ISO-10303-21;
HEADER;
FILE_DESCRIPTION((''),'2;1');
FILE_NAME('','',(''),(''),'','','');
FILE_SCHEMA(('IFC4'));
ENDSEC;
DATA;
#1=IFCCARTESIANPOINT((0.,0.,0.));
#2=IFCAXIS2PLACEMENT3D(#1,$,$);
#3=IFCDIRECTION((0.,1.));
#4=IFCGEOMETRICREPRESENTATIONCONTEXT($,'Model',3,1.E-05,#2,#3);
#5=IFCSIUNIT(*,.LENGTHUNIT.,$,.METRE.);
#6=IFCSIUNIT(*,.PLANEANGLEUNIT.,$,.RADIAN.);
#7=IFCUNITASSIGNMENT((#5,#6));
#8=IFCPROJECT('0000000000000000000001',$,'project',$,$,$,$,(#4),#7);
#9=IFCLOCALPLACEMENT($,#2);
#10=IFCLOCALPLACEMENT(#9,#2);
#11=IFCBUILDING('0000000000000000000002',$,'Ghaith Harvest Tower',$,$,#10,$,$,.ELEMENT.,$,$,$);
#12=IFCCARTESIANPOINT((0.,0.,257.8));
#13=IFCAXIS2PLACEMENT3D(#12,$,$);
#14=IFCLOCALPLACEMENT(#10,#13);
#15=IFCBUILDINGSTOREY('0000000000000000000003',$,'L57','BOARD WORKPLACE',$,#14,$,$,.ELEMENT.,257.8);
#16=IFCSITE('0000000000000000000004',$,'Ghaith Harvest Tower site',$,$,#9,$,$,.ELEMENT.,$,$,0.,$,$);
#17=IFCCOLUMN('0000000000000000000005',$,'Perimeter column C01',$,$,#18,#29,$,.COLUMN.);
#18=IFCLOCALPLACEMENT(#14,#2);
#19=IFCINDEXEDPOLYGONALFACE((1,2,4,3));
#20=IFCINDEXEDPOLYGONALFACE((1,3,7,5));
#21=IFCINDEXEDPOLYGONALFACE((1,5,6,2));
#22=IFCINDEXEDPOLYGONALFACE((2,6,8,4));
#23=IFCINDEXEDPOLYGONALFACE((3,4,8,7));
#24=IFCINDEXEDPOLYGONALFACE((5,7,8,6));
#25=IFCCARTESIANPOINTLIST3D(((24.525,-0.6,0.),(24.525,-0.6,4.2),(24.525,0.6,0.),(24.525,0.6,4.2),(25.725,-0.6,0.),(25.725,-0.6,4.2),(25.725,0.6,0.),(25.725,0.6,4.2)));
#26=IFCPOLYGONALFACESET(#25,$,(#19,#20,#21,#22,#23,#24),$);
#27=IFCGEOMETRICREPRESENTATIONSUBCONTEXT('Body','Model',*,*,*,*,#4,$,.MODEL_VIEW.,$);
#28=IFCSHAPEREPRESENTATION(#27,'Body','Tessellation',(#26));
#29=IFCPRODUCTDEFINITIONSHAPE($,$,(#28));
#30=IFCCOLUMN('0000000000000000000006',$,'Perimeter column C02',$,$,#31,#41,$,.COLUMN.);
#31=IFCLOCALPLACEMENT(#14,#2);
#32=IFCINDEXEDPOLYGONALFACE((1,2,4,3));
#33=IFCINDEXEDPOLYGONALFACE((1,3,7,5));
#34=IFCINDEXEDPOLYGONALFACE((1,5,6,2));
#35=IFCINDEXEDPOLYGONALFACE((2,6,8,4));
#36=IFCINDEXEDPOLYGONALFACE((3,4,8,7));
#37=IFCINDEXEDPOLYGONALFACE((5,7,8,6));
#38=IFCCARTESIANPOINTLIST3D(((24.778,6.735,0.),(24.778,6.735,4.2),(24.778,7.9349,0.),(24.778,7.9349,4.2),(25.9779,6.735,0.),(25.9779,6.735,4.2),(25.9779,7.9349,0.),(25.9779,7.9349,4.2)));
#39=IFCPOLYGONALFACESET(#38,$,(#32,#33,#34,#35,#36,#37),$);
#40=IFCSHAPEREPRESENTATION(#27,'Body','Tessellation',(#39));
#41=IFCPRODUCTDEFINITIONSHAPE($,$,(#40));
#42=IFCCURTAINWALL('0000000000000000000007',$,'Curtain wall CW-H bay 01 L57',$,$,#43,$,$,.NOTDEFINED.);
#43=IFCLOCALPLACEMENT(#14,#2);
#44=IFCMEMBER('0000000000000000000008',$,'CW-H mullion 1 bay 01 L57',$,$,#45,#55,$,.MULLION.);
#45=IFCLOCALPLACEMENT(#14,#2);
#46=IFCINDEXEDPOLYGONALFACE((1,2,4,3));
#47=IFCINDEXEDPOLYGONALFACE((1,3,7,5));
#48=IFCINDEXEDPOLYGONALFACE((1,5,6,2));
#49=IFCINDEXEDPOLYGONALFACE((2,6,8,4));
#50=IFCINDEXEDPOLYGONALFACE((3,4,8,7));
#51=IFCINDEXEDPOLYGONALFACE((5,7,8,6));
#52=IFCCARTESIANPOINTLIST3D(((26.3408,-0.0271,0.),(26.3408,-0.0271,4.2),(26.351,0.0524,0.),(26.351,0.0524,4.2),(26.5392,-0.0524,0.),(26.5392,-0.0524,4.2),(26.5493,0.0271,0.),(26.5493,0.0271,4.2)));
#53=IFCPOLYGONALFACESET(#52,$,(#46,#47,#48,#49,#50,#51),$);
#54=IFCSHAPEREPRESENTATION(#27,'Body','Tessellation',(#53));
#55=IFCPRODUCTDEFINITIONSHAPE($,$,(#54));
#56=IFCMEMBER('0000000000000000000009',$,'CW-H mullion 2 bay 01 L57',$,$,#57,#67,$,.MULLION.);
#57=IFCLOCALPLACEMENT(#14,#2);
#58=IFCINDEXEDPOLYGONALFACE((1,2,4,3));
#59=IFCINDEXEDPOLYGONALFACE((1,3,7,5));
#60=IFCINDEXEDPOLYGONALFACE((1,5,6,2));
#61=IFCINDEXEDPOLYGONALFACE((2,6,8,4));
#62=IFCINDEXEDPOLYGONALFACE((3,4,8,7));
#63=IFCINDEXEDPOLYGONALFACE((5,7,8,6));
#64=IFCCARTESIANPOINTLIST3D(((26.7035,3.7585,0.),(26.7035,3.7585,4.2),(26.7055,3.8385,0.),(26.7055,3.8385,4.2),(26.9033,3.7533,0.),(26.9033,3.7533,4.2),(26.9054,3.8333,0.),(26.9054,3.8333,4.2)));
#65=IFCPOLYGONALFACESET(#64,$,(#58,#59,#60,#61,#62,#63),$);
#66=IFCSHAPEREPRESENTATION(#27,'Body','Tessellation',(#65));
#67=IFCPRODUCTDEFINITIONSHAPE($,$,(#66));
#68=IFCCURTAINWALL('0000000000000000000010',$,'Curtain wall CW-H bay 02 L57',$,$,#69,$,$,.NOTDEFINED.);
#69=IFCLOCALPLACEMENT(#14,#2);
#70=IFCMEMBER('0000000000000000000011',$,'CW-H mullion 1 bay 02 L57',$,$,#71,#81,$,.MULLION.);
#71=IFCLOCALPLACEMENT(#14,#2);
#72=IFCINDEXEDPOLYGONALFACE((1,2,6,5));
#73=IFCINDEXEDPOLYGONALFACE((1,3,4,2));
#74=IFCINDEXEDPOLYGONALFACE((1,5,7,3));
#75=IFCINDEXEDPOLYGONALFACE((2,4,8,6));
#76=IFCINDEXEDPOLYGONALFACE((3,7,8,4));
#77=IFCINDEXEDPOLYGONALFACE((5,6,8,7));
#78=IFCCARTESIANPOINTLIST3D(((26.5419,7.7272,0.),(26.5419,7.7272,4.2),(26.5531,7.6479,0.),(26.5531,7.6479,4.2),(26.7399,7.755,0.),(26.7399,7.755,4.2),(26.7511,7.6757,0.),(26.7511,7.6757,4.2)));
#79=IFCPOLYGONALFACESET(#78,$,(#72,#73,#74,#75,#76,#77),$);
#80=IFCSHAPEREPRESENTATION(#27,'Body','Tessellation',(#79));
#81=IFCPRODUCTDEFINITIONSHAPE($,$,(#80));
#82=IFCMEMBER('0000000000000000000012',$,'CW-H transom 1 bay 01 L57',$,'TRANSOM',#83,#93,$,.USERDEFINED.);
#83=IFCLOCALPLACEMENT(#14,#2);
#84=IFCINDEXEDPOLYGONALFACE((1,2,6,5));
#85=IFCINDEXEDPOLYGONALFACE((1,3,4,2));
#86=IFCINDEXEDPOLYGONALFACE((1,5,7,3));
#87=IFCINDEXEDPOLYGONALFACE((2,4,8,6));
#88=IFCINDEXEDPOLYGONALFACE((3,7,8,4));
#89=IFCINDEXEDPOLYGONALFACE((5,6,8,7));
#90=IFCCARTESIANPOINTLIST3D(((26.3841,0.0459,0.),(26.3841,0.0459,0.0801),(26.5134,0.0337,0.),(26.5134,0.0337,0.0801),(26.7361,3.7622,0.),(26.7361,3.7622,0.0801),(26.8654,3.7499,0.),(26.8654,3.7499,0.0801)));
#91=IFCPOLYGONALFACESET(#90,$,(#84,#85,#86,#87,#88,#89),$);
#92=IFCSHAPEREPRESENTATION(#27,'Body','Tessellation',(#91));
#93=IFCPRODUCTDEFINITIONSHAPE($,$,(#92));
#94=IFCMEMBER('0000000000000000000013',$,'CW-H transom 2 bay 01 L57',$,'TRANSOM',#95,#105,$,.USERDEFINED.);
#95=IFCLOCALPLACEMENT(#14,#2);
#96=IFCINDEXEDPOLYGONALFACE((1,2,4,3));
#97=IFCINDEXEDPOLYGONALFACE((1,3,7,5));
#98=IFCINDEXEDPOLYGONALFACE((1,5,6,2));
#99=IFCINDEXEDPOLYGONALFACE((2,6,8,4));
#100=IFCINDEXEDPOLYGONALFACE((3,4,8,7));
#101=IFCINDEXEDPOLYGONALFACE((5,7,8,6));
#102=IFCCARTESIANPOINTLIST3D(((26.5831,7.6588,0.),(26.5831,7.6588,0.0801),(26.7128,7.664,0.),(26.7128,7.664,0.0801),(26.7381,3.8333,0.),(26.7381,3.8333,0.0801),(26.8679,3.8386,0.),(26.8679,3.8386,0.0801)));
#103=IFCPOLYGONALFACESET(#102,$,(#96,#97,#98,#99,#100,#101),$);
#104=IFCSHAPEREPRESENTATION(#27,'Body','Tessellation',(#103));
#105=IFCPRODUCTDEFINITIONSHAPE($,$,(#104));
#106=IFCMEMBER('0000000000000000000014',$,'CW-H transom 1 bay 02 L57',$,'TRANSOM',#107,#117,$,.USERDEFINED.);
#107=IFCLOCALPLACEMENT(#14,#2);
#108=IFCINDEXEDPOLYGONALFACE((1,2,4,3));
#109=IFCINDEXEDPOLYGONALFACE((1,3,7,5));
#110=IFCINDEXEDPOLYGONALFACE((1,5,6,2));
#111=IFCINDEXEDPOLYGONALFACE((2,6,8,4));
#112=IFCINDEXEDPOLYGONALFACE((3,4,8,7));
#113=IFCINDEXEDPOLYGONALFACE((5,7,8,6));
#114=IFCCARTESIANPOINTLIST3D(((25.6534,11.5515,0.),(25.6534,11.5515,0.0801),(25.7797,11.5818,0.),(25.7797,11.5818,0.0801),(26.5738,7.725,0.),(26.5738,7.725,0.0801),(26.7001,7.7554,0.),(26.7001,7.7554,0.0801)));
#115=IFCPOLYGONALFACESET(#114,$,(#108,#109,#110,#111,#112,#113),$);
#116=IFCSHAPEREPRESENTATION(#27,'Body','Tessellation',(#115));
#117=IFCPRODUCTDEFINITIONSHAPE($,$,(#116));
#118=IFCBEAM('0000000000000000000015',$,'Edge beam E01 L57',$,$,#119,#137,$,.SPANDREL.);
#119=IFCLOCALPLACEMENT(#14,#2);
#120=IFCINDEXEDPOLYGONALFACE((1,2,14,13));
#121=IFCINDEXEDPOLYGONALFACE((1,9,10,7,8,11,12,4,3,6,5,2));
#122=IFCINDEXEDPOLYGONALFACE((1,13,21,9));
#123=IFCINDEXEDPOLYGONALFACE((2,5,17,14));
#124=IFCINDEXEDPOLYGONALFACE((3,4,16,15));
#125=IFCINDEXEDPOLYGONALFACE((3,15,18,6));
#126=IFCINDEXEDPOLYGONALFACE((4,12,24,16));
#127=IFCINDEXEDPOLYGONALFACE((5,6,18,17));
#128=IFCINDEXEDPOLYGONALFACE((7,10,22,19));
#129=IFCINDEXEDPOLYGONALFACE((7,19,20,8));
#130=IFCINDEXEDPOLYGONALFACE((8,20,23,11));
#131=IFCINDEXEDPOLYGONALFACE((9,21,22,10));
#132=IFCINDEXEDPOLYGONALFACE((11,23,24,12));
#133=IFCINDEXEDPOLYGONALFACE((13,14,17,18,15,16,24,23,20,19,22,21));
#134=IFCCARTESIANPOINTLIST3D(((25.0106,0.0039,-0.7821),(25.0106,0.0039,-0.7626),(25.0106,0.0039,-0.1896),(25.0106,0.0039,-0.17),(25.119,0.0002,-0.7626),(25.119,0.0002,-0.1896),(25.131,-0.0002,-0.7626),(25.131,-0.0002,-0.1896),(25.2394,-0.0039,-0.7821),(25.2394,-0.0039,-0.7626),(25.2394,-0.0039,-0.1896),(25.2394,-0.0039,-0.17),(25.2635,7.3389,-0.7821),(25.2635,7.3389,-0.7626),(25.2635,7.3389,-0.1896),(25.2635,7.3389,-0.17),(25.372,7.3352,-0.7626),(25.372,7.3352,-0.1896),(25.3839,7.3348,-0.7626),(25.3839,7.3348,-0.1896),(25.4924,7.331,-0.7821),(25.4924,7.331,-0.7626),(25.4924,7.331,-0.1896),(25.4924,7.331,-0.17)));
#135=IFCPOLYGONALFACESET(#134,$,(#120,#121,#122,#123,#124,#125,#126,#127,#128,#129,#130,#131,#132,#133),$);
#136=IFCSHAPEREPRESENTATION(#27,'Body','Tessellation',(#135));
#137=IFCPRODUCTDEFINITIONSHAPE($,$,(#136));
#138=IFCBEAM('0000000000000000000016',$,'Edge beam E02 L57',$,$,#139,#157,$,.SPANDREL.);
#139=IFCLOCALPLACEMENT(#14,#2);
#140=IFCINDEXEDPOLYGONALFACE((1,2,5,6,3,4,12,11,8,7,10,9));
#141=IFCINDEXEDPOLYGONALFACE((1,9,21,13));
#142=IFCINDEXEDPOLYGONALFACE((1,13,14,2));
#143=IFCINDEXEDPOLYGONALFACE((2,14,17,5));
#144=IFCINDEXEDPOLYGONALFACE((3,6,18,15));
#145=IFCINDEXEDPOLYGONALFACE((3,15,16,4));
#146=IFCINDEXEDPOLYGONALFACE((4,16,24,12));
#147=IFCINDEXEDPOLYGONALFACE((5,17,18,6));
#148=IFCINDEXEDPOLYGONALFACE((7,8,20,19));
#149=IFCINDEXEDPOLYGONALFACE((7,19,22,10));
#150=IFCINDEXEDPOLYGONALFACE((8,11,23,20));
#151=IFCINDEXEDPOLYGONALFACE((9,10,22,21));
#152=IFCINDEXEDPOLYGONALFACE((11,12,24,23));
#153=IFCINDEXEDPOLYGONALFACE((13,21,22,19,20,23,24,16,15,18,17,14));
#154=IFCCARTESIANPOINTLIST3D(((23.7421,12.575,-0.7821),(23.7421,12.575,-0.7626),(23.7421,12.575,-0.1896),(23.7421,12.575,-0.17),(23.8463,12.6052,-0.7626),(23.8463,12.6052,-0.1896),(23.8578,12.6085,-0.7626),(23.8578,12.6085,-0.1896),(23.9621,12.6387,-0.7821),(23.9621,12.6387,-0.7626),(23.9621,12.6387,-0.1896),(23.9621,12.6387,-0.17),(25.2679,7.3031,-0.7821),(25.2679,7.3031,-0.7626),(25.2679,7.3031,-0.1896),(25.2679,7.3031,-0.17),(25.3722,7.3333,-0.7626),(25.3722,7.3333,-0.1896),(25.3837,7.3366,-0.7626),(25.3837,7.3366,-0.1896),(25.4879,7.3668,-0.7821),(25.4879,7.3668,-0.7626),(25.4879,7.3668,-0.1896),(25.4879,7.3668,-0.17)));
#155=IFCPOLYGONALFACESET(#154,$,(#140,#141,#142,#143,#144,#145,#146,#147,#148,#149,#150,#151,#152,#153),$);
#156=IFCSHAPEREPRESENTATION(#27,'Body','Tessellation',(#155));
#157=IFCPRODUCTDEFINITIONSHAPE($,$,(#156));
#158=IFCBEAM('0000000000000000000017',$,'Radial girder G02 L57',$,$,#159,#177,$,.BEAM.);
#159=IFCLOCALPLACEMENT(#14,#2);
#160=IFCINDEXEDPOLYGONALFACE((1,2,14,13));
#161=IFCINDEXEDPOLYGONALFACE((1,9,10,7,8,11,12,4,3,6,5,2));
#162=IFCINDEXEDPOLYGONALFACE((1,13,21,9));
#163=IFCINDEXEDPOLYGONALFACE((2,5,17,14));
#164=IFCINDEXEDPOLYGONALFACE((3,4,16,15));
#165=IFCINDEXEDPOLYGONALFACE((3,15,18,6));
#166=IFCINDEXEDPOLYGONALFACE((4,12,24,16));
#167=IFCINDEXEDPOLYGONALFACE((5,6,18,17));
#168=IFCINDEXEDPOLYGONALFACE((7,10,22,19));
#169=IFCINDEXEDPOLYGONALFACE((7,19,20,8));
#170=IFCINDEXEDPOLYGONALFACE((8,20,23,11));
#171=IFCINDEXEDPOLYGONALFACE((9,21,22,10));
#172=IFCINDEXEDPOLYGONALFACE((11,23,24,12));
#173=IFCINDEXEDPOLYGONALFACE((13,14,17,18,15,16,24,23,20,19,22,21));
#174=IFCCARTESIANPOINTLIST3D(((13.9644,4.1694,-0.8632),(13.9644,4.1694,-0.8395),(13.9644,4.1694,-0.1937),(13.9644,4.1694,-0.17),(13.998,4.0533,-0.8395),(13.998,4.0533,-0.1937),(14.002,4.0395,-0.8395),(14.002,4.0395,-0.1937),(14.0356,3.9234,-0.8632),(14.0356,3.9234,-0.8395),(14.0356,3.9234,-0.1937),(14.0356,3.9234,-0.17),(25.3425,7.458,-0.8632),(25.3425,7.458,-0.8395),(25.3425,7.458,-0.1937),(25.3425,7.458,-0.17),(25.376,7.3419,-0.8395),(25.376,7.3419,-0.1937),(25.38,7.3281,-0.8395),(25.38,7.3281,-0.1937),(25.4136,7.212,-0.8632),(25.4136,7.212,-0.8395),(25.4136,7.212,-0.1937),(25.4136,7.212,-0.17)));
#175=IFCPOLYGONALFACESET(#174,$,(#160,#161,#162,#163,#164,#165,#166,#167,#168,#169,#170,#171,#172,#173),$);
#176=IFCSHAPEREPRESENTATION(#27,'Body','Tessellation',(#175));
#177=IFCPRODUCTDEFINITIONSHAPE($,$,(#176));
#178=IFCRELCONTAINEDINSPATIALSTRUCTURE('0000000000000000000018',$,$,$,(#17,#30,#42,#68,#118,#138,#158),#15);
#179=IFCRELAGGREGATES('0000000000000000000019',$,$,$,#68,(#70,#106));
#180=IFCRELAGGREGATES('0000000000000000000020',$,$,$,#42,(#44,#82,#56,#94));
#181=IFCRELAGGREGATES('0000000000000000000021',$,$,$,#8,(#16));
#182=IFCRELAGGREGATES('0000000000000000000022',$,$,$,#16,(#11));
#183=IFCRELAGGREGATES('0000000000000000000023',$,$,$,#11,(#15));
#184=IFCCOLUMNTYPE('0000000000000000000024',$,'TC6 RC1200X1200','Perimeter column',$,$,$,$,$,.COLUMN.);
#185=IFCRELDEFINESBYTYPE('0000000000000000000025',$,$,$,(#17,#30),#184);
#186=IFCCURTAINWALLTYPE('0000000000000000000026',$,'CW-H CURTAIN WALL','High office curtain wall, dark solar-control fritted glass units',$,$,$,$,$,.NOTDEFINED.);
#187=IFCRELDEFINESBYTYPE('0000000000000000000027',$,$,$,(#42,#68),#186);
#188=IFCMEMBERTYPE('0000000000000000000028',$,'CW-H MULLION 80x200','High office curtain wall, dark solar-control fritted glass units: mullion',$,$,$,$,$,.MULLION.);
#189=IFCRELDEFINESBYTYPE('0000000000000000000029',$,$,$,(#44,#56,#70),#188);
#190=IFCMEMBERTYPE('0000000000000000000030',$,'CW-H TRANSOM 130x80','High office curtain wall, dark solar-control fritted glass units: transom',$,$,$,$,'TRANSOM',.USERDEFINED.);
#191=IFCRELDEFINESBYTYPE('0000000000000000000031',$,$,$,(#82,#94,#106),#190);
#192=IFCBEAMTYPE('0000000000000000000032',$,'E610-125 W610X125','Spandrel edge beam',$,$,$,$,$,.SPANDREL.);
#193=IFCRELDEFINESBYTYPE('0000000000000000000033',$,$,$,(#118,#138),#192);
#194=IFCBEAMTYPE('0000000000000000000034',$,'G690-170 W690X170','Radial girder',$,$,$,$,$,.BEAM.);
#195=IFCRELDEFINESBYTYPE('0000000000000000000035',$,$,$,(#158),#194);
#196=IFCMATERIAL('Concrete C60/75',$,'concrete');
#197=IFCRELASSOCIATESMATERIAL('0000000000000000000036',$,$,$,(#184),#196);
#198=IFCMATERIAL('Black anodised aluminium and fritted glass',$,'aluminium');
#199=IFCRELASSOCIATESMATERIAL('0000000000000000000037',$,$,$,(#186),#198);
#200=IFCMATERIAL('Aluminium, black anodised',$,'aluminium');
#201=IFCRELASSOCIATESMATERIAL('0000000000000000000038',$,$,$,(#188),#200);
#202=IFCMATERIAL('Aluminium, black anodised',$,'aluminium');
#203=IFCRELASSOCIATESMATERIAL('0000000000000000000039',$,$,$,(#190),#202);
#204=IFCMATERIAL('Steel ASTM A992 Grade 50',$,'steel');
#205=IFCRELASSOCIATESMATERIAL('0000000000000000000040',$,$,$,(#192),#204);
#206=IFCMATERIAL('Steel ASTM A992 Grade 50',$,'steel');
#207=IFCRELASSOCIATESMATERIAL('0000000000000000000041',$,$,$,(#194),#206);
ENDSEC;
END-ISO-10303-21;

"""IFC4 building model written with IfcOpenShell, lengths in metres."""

from ifc_helpers import new_model, si_unit, direction, frame, origin, origin_2d, place, context, subcontext, project, spatial, rectangle, i_section, extrude, material, material_profile, profile_set, type_object, element, aggregate, save


model = new_model("IFC4")

# Units and contexts
model_context = context("Model", 3, precision=1e-05, world=origin(), true_north=direction((0.0, 1.0)))
body_context = subcontext(model_context, "Body", "Model", "MODEL_VIEW")
ifc_project = project(units=[si_unit("LENGTHUNIT", "METRE"), si_unit("PLANEANGLEUNIT", "RADIAN")], contexts=[model_context])

# Site, building, storey
site_placement = place(None, origin())
site = spatial("IfcSite", under=ifc_project, at=site_placement, Name="Ghaith Harvest Tower site", CompositionType="ELEMENT", RefElevation=0.0)
building_placement = place(site_placement, origin())
building = spatial("IfcBuilding", under=site, at=building_placement, Name="Ghaith Harvest Tower", CompositionType="ELEMENT")
storey_placement = place(building_placement, frame((0.0, 0.0, 257.8)))
storey = spatial("IfcBuildingStorey", under=building, at=storey_placement, Name="L57", Description="BOARD WORKPLACE", CompositionType="ELEMENT", Elevation=257.8)

# Columns
ifc_material_1 = material(Name="Concrete C60/75", Category="concrete")
ifc_material_profile_1 = material_profile(ifc_material_1, rectangle(XDim=1.2, YDim=1.2, at=origin_2d()), Name="RC1200X1200")
ifc_profile_set_1 = profile_set([ifc_material_profile_1], Name="Concrete C60/75")
column_type = type_object("IfcColumnType", Name="TC6 RC1200X1200", Description="Perimeter column", PredefinedType="COLUMN", material=ifc_profile_set_1)
for number, where, z_axis, x_axis, name in (
    (1, (25.125, 0.0, 0.0), (0.0, 0.0, 1.0), (1.0, 0.0, 0.0), "Perimeter column C01"),
    (2, (25.3779, 7.335, 0.0), (0.0, 0.0, 1.0), (1.0, 0.0, 0.0), "Perimeter column C02"),
):
    element("IfcColumn", number, at=place(storey_placement, frame(where, z_axis=z_axis, x_axis=x_axis)), inside=storey, type_object=column_type, Name=name, PredefinedType="COLUMN", context=body_context, shape_type="SweptSolid", body=[
        extrude(rectangle(XDim=1.2, YDim=1.2, at=origin_2d()), origin(), (0.0, 0.0, 1.0), 4.2),
    ])

# Curtain wall, members
ifc_material_2 = material(Name="Black anodised aluminium and fritted glass", Category="aluminium")
curtain_wall_type = type_object("IfcCurtainWallType", Name="CW-H CURTAIN WALL", Description="High office curtain wall, dark solar-control fritted glass units", PredefinedType="NOTDEFINED", material=ifc_material_2)
curtain_wall_1_placement = place(storey_placement, origin())
curtain_wall_1 = element("IfcCurtainWall", 3, at=curtain_wall_1_placement, inside=storey, type_object=curtain_wall_type, Name="Curtain wall CW-H bay 01 L57", PredefinedType="NOTDEFINED")
ifc_material_3 = material(Name="Aluminium, black anodised", Category="aluminium")
ifc_material_profile_2 = material_profile(ifc_material_3, rectangle(XDim=0.0801, YDim=0.2, at=origin_2d()), Name="CW-H MULLION 80x200")
ifc_profile_set_2 = profile_set([ifc_material_profile_2], Name="Aluminium, black anodised")
member_type_1 = type_object("IfcMemberType", Name="CW-H MULLION 80x200", Description="High office curtain wall, dark solar-control fritted glass units: mullion", PredefinedType="MULLION", material=ifc_profile_set_2)
member_1_placement = place(storey_placement, frame((26.4451, 0.0, 0.0), z_axis=(0.0, 0.0, 1.0), x_axis=(0.126568, 0.991958, 0.0)))
member_1 = element("IfcMember", 4, at=member_1_placement, type_object=member_type_1, Name="CW-H mullion 1 bay 01 L57", PredefinedType="MULLION", context=body_context, shape_type="SweptSolid", body=[
    extrude(rectangle(XDim=0.0801, YDim=0.2, at=origin_2d()), origin(), (0.0, 0.0, 1.0), 4.2),
])
member_2_placement = place(storey_placement, frame((26.8044, 3.7959, 0.0), z_axis=(0.0, 0.0, 1.0), x_axis=(0.026143, 0.999658, 0.0)))
member_2 = element("IfcMember", 5, at=member_2_placement, type_object=member_type_1, Name="CW-H mullion 2 bay 01 L57", PredefinedType="MULLION", context=body_context, shape_type="SweptSolid", body=[
    extrude(rectangle(XDim=0.0801, YDim=0.2, at=origin_2d()), origin(), (0.0, 0.0, 1.0), 4.2),
])

# Curtain wall, member
curtain_wall_2_placement = place(storey_placement, origin())
curtain_wall_2 = element("IfcCurtainWall", 6, at=curtain_wall_2_placement, inside=storey, type_object=curtain_wall_type, Name="Curtain wall CW-H bay 02 L57", PredefinedType="NOTDEFINED")
member_3_placement = place(storey_placement, frame((26.6465, 7.7014, 0.0), z_axis=(0.0, 0.0, 1.0), x_axis=(-0.139146, 0.990272, 0.0)))
member_3 = element("IfcMember", 7, at=member_3_placement, type_object=member_type_1, Name="CW-H mullion 1 bay 02 L57", PredefinedType="MULLION", context=body_context, shape_type="SweptSolid", body=[
    extrude(rectangle(XDim=0.0801, YDim=0.2, at=origin_2d()), origin(), (0.0, 0.0, 1.0), 4.2),
])

# Members
ifc_material_4 = material(Name="Aluminium, black anodised", Category="aluminium")
ifc_material_profile_3 = material_profile(ifc_material_4, rectangle(XDim=0.1299, YDim=0.0801, at=origin_2d()), Name="CW-H TRANSOM 130x80")
ifc_profile_set_3 = profile_set([ifc_material_profile_3], Name="Aluminium, black anodised")
member_type_2 = type_object("IfcMemberType", Name="CW-H TRANSOM 130x80", Description="High office curtain wall, dark solar-control fritted glass units: transom", ElementType="TRANSOM", PredefinedType="USERDEFINED", material=ifc_profile_set_3)
member_4_placement = place(storey_placement, frame((26.4487, 0.0398, 0.04), z_axis=(0.094309, 0.995543, 0.0), x_axis=(-0.995543, 0.094309, 0.0)))
member_4 = element("IfcMember", 8, at=member_4_placement, type_object=member_type_2, Name="CW-H transom 1 bay 01 L57", ObjectType="TRANSOM", PredefinedType="USERDEFINED", context=body_context, shape_type="SweptSolid", body=[
    extrude(rectangle(XDim=0.1299, YDim=0.0801, at=origin_2d()), origin(), (0.0, 0.0, 1.0), 3.7329),
])
member_5_placement = place(storey_placement, frame((26.803, 3.8359, 0.04), z_axis=(-0.040493, 0.99918, 0.0), x_axis=(-0.99918, -0.040493, 0.0)))
member_5 = element("IfcMember", 9, at=member_5_placement, type_object=member_type_2, Name="CW-H transom 2 bay 01 L57", ObjectType="TRANSOM", PredefinedType="USERDEFINED", context=body_context, shape_type="SweptSolid", body=[
    extrude(rectangle(XDim=0.1299, YDim=0.0801, at=origin_2d()), origin(), (0.0, 0.0, 1.0), 3.8286),
])
member_6_placement = place(storey_placement, frame((26.637, 7.7402, 0.04), z_axis=(-0.23387, 0.972268, 0.0), x_axis=(-0.972268, -0.23387, 0.0)))
member_6 = element("IfcMember", 10, at=member_6_placement, type_object=member_type_2, Name="CW-H transom 1 bay 02 L57", ObjectType="TRANSOM", PredefinedType="USERDEFINED", context=body_context, shape_type="SweptSolid", body=[
    extrude(rectangle(XDim=0.1299, YDim=0.0801, at=origin_2d()), origin(), (0.0, 0.0, 1.0), 3.9355),
])
aggregate(curtain_wall_2, [member_3, member_6])

# Beams
ifc_material_5 = material(Name="Steel ASTM A992 Grade 50", Category="steel")
ifc_material_profile_4 = material_profile(ifc_material_5, i_section(OverallWidth=0.229, OverallDepth=0.6121, WebThickness=0.012, FlangeThickness=0.0195, at=origin_2d()), Name="W610X125")
ifc_profile_set_4 = profile_set([ifc_material_profile_4], Name="Steel ASTM A992 Grade 50")
beam_type_1 = type_object("IfcBeamType", Name="E610-125 W610X125", Description="Spandrel edge beam", PredefinedType="SPANDREL", material=ifc_profile_set_4)
beam_1_placement = place(storey_placement, frame((25.125, 0.0, -0.4761), z_axis=(0.034462, 0.999406, 0.0), x_axis=(-0.999406, 0.034462, 0.0)))
element("IfcBeam", 11, at=beam_1_placement, inside=storey, type_object=beam_type_1, Name="Edge beam E01 L57", PredefinedType="SPANDREL", context=body_context, shape_type="SweptSolid", body=[
    extrude(i_section(OverallWidth=0.229, OverallDepth=0.6121, WebThickness=0.012, FlangeThickness=0.0195, at=origin_2d()), origin(), (0.0, 0.0, 1.0), 7.3394),
])
beam_2_placement = place(storey_placement, frame((25.3779, 7.335, -0.4761), z_axis=(-0.278021, 0.960575, 0.0), x_axis=(-0.960575, -0.278021, 0.0)))
element("IfcBeam", 12, at=beam_2_placement, inside=storey, type_object=beam_type_1, Name="Edge beam E02 L57", PredefinedType="SPANDREL", context=body_context, shape_type="SweptSolid", body=[
    extrude(i_section(OverallWidth=0.229, OverallDepth=0.6121, WebThickness=0.012, FlangeThickness=0.0195, at=origin_2d()), origin(), (0.0, 0.0, 1.0), 5.4883),
])
ifc_material_6 = material(Name="Steel ASTM A992 Grade 50", Category="steel")
ifc_material_profile_5 = material_profile(ifc_material_6, i_section(OverallWidth=0.2561, OverallDepth=0.6931, WebThickness=0.0144, FlangeThickness=0.0237, at=origin_2d()), Name="W690X170")
ifc_profile_set_5 = profile_set([ifc_material_profile_5], Name="Steel ASTM A992 Grade 50")
beam_type_2 = type_object("IfcBeamType", Name="G690-170 W690X170", Description="Radial girder", PredefinedType="BEAM", material=ifc_profile_set_5)
beam_3_placement = place(storey_placement, frame((14.0, 4.0464, -0.5166), z_axis=(0.960678, 0.277666, 0.0), x_axis=(-0.277666, 0.960678, 0.0)))
element("IfcBeam", 13, at=beam_3_placement, inside=storey, type_object=beam_type_2, Name="Radial girder G02 L57", PredefinedType="BEAM", context=body_context, shape_type="SweptSolid", body=[
    extrude(i_section(OverallWidth=0.2561, OverallDepth=0.6931, WebThickness=0.0144, FlangeThickness=0.0237, at=origin_2d()), origin(), (0.0, 0.0, 1.0), 11.8438),
])

aggregate(curtain_wall_1, [member_1, member_4, member_2, member_5])

save(model, "model.ifc")
